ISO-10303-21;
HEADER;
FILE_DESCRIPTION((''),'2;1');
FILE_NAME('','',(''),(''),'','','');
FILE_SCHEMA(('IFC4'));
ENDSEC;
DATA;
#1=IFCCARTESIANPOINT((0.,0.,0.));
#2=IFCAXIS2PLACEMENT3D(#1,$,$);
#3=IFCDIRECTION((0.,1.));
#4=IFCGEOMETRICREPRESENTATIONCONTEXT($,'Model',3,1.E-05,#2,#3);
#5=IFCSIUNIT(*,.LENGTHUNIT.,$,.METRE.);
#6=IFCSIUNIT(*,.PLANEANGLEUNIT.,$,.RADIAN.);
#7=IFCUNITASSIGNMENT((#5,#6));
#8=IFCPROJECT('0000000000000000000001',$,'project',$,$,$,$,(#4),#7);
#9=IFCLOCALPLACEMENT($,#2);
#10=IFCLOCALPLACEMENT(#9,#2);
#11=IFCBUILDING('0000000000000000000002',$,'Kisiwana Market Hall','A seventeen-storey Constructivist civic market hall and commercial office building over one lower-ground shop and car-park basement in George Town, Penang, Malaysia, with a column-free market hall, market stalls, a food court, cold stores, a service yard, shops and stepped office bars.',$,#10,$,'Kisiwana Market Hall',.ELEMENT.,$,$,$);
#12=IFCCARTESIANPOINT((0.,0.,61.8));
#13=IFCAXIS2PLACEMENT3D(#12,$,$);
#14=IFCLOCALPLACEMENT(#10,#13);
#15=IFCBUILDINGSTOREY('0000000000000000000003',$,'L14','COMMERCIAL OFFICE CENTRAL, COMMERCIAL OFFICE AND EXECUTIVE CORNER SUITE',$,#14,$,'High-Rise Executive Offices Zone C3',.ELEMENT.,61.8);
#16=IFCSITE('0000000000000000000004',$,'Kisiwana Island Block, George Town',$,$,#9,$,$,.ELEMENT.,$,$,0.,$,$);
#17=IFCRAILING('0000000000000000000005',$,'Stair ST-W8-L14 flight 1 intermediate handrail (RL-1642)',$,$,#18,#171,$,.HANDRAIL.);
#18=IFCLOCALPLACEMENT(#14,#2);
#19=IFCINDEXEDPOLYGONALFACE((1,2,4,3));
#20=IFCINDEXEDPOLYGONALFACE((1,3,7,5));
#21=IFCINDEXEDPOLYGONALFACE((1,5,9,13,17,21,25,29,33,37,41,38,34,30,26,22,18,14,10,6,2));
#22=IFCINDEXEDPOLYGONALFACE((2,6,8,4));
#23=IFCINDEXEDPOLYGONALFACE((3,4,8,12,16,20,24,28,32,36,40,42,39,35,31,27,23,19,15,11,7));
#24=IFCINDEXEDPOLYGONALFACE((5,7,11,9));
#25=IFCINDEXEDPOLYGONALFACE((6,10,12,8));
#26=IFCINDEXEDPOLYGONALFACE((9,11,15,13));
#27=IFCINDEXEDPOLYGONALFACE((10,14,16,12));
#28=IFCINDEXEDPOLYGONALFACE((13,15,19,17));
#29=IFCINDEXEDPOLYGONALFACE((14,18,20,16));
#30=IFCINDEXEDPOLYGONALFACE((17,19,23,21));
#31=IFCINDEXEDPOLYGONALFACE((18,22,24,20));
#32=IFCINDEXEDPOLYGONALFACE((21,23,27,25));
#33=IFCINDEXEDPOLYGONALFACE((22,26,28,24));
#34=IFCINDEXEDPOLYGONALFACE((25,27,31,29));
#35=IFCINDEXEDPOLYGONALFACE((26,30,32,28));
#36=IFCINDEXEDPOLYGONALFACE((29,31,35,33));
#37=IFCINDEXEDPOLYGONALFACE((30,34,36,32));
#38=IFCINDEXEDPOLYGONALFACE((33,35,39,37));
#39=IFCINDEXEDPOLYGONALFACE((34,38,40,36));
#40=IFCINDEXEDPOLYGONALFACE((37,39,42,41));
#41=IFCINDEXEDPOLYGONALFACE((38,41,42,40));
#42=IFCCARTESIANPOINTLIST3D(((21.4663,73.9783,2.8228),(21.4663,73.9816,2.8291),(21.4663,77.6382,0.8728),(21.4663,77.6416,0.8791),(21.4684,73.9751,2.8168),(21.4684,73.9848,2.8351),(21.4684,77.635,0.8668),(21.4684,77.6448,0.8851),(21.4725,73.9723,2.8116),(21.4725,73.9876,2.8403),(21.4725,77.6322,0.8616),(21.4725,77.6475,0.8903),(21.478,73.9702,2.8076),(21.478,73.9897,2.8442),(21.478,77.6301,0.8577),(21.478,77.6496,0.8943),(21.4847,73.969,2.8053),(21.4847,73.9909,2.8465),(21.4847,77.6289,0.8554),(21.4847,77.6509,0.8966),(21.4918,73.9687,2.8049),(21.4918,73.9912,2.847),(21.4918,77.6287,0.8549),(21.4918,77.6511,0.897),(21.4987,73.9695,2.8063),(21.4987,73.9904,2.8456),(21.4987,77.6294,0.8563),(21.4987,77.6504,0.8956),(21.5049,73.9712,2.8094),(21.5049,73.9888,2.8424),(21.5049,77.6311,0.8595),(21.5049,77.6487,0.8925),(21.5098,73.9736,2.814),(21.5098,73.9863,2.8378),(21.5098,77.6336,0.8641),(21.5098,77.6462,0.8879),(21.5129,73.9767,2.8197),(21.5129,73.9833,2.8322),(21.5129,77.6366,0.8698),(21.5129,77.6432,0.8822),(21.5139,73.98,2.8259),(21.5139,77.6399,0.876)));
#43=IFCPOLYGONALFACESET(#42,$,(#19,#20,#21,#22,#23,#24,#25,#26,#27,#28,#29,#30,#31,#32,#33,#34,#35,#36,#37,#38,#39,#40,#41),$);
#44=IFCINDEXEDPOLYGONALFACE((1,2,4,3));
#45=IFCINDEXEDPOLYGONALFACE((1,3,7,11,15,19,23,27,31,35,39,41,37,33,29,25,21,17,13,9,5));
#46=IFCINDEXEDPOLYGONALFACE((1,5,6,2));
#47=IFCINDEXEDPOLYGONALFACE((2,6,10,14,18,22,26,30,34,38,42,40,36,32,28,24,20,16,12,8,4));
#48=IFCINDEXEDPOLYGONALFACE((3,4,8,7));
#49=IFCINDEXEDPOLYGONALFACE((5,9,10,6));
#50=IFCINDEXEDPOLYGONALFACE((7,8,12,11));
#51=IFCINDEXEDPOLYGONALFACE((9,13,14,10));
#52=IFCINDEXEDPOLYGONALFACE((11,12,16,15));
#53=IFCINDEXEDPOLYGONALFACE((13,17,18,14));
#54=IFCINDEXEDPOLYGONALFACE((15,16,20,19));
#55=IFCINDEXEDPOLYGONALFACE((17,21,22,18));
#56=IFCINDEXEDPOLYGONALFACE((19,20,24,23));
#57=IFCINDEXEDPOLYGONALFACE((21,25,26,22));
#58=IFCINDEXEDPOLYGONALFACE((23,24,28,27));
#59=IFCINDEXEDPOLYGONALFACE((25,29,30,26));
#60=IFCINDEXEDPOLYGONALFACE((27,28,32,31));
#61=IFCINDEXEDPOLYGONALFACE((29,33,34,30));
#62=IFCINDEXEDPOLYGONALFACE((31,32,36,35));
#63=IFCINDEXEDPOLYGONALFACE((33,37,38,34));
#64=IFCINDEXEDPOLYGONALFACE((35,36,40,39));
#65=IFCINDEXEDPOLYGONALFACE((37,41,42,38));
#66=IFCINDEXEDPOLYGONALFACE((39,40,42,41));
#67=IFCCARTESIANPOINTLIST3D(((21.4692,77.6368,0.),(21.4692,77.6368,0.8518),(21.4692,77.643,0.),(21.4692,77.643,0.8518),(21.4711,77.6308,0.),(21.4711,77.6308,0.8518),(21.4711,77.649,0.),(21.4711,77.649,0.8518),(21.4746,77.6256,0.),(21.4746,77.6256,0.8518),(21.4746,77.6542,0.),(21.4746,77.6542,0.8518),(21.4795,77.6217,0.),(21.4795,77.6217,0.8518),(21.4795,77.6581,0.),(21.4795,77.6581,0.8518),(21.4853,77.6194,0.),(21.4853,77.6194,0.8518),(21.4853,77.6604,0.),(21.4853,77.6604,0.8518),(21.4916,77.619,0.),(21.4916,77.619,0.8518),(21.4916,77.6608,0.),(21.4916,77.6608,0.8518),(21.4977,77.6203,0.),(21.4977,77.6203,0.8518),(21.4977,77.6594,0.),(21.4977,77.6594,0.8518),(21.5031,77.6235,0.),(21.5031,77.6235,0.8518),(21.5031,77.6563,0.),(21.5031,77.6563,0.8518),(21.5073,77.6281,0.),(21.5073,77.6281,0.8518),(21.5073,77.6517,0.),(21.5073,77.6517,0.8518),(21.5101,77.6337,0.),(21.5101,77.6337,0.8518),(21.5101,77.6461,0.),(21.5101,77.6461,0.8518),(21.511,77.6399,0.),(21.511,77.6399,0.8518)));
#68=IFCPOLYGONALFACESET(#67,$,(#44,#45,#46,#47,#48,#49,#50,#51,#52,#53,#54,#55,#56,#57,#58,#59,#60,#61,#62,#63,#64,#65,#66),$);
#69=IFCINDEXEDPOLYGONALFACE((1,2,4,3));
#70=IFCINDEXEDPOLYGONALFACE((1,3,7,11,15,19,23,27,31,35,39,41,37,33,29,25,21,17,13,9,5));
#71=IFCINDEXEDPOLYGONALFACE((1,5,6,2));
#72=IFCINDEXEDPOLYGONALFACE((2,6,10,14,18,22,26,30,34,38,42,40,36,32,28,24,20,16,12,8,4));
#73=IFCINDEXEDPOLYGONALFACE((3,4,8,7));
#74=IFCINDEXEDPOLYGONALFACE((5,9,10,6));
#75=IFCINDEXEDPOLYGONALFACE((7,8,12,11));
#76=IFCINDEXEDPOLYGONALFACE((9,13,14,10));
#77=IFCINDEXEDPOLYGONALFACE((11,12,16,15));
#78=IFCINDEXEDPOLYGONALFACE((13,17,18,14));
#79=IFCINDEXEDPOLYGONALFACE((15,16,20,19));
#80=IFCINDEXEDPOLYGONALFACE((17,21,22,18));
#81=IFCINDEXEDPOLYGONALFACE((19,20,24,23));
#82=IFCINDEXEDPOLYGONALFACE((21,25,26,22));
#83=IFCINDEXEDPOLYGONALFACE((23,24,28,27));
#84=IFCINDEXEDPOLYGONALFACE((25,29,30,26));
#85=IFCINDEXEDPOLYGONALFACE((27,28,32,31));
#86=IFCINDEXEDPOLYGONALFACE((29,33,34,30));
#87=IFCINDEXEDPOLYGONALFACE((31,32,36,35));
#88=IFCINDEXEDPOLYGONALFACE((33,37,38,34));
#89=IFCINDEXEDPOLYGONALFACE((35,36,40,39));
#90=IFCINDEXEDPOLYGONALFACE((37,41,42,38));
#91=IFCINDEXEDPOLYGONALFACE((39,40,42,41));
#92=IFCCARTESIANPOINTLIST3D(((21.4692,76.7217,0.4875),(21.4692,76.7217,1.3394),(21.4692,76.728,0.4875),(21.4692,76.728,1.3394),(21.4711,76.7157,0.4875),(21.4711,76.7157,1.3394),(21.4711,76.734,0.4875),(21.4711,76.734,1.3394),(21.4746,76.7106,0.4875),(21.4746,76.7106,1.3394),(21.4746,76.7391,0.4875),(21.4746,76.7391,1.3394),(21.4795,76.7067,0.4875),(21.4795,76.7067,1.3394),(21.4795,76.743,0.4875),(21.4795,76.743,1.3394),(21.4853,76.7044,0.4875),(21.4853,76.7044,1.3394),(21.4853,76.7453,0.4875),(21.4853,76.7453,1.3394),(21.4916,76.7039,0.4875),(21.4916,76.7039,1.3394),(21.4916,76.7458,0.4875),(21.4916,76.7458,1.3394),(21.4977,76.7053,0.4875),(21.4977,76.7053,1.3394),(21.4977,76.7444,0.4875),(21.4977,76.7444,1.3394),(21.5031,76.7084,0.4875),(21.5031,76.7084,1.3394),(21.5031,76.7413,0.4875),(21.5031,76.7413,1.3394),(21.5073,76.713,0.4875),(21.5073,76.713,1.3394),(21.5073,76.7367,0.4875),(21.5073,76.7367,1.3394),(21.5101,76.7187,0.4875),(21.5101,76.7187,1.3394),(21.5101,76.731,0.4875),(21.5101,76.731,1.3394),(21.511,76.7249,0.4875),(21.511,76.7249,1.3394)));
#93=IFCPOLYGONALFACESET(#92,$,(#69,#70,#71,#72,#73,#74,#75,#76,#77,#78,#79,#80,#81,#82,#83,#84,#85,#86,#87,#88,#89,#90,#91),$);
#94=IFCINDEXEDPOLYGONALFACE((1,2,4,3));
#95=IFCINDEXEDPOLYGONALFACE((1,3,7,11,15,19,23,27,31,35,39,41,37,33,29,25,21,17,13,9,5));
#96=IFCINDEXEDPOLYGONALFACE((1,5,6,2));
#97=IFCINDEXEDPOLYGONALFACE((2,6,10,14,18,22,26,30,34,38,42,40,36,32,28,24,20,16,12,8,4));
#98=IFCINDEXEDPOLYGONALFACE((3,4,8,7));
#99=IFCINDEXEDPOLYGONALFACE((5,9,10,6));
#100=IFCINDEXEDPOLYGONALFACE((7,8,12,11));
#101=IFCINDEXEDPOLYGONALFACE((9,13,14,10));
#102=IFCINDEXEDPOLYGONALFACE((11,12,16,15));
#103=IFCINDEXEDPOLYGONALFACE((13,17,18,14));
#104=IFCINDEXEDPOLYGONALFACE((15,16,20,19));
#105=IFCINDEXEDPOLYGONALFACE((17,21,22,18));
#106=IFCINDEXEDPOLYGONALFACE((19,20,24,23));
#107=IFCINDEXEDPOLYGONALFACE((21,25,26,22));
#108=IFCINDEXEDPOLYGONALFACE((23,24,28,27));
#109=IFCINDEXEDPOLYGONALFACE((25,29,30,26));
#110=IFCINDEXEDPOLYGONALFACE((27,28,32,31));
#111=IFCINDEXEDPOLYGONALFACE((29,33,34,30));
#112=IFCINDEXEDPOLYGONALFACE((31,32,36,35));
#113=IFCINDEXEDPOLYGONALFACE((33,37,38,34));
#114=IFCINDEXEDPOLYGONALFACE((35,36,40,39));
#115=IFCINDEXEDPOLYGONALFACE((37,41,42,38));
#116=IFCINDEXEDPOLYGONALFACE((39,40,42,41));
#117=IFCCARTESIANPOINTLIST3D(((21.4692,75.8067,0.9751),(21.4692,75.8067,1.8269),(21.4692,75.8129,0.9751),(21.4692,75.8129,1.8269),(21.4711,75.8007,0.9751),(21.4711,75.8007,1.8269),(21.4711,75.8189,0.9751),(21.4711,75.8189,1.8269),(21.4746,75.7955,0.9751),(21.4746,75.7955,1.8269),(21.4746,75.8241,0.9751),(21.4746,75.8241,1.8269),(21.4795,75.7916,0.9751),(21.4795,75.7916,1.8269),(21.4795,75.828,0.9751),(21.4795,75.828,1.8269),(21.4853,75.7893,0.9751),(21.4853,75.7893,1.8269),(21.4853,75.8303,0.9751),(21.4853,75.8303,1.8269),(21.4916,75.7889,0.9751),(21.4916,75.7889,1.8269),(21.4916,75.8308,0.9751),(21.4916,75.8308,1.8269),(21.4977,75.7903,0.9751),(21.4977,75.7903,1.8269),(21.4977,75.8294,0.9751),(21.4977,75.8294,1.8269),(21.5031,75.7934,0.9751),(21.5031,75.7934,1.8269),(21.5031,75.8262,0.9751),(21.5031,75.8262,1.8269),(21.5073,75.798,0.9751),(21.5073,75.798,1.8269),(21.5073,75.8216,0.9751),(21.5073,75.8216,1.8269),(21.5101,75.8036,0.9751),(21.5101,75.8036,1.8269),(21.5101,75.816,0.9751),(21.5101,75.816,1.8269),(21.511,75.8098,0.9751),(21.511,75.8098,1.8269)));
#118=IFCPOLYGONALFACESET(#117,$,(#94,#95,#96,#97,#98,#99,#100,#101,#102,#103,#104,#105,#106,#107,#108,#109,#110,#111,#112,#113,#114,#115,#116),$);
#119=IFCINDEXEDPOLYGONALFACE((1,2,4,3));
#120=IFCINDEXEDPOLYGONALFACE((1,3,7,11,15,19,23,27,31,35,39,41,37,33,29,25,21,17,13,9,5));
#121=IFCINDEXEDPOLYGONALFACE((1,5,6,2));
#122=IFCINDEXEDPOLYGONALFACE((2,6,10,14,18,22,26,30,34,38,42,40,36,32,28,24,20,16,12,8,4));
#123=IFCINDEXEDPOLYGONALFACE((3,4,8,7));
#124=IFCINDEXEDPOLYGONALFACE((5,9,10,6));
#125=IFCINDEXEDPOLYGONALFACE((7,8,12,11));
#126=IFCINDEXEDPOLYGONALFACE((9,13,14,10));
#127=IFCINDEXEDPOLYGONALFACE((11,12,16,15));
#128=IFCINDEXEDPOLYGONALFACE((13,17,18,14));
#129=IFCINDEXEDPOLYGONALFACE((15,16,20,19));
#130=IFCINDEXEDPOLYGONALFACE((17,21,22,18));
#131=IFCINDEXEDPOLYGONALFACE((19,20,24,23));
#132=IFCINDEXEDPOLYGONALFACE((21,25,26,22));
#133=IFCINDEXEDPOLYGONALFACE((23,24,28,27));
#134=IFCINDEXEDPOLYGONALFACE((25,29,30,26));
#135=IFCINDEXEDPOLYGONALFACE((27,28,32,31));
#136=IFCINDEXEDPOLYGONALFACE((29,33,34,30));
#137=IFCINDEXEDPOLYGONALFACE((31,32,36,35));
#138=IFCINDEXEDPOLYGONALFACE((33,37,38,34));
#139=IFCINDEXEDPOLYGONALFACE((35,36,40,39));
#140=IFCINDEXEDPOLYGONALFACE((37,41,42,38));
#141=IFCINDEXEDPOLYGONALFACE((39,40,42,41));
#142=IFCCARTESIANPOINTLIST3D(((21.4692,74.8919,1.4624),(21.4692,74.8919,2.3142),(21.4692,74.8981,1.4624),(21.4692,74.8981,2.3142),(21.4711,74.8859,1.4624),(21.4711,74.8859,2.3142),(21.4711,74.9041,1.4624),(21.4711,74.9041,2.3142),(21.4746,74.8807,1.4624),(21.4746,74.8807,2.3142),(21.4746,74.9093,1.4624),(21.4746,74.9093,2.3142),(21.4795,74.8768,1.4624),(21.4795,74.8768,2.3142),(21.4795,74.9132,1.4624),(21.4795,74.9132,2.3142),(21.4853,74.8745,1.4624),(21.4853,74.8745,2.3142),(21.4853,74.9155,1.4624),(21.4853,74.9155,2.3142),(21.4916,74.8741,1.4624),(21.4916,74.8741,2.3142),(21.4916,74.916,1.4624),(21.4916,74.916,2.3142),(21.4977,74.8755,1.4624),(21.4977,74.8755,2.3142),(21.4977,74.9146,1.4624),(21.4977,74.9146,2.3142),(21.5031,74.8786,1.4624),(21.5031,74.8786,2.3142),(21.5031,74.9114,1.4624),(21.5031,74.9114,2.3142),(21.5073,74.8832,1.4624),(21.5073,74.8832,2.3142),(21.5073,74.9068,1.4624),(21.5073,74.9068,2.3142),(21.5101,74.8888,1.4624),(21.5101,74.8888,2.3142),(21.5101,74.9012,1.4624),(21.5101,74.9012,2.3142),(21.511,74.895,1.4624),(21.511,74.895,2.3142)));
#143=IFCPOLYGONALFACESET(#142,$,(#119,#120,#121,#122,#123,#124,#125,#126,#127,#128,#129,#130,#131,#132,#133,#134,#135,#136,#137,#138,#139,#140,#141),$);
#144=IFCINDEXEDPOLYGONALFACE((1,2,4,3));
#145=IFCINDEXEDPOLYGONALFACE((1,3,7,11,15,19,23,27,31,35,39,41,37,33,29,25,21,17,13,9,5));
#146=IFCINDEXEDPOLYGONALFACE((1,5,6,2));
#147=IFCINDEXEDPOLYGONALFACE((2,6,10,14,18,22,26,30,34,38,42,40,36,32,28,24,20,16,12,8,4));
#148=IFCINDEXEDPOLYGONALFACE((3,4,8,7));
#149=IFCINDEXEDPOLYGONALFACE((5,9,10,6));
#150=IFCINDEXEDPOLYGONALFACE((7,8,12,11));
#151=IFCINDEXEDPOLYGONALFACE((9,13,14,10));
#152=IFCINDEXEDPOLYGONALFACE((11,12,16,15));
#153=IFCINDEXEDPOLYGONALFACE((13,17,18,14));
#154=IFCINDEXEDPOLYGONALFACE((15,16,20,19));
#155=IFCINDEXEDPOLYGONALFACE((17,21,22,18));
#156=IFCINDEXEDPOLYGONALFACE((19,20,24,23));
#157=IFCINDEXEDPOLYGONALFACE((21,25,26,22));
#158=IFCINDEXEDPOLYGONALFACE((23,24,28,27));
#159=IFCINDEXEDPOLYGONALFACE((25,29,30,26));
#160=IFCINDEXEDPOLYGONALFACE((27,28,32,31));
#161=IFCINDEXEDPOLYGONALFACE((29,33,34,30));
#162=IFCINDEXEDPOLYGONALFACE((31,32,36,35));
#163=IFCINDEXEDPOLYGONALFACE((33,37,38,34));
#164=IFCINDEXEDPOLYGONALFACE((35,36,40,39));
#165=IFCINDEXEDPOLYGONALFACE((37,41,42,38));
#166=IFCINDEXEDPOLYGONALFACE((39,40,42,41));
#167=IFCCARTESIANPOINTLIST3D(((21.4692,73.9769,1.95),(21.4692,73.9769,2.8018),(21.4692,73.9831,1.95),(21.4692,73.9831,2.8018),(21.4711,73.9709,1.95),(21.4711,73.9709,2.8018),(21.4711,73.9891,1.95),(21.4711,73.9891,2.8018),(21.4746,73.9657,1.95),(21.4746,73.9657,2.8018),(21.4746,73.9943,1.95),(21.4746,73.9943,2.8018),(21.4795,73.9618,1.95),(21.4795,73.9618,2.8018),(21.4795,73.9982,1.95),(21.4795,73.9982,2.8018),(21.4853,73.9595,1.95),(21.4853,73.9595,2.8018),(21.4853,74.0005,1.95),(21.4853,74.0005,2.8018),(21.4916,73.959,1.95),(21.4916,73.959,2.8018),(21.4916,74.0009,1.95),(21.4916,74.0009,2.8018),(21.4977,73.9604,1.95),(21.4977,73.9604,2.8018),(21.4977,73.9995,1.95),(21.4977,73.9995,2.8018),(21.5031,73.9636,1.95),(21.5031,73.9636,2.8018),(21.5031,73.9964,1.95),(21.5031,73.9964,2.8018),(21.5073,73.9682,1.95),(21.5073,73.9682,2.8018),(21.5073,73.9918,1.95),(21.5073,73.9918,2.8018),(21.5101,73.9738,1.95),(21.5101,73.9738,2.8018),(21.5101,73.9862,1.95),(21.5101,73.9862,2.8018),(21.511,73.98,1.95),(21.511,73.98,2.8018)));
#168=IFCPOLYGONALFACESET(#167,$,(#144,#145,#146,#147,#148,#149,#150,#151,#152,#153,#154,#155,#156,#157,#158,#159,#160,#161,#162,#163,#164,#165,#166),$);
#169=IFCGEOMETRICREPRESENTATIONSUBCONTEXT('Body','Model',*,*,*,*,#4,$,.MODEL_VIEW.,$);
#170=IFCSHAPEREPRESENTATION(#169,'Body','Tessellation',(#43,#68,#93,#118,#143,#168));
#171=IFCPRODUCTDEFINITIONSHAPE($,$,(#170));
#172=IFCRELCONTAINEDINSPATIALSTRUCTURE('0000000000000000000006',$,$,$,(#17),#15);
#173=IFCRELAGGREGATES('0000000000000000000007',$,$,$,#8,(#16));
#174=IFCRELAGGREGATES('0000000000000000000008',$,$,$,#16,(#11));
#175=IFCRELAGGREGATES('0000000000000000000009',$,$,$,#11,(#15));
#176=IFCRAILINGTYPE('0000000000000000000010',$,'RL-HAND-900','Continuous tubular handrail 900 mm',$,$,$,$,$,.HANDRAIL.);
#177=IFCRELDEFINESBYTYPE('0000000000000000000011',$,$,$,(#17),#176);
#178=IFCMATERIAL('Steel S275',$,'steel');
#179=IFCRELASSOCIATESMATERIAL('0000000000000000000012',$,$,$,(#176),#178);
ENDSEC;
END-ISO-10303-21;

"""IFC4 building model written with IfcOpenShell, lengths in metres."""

from ifc_helpers import new_model, si_unit, direction, frame, origin, origin_2d, place, context, subcontext, project, spatial, circle, extrude, material, type_object, element, save


model = new_model("IFC4")

# Units and contexts
model_context = context("Model", 3, precision=1e-05, world=origin(), true_north=direction((0.0, 1.0)))
body_context = subcontext(model_context, "Body", "Model", "MODEL_VIEW")
ifc_project = project(units=[si_unit("LENGTHUNIT", "METRE"), si_unit("PLANEANGLEUNIT", "RADIAN")], contexts=[model_context])

# Site, building, storey
site_placement = place(None, origin())
site = spatial("IfcSite", under=ifc_project, at=site_placement, Name="Kisiwana Island Block, George Town", CompositionType="ELEMENT", RefElevation=0.0)
building_placement = place(site_placement, origin())
building = spatial("IfcBuilding", under=site, at=building_placement, Name="Kisiwana Market Hall", Description="A seventeen-storey Constructivist civic market hall and commercial office building over one lower-ground shop and car-park basement in George Town, Penang, Malaysia, with a column-free market hall, market stalls, a food court, cold stores, a service yard, shops and stepped office bars.", LongName="Kisiwana Market Hall", CompositionType="ELEMENT")
storey_placement = place(building_placement, frame((0.0, 0.0, 61.8)))
storey = spatial("IfcBuildingStorey", under=building, at=storey_placement, Name="L14", Description="COMMERCIAL OFFICE CENTRAL, COMMERCIAL OFFICE AND EXECUTIVE CORNER SUITE", LongName="High-Rise Executive Offices Zone C3", CompositionType="ELEMENT", Elevation=61.8)

# Railing
ifc_material_1 = material(Name="Steel S275", Category="steel")
railing_type_1 = type_object("IfcRailingType", Name="RL-HAND-900", Description="Continuous tubular handrail 900 mm", PredefinedType="HANDRAIL", material=ifc_material_1)
railing_1_placement = place(storey_placement, frame((21.49, 77.6399, 0.0)))
element("IfcRailing", 1, at=railing_1_placement, inside=storey, type_object=railing_type_1, Name="Stair ST-W8-L14 flight 1 intermediate handrail (RL-1642)", PredefinedType="HANDRAIL", context=body_context, shape_type="SweptSolid", body=[
    extrude(circle(Radius=0.0239, at=origin_2d()), frame((0.0, 0.0, 0.876), z_axis=(0.0, -0.882553, 0.470212), x_axis=(1.0, 0.0, 0.0)), (0.0, 0.0, 1.0), 4.147),
    extrude(circle(Radius=0.021, at=origin_2d()), origin(), (0.0, 0.0, 1.0), 0.8518),
    extrude(circle(Radius=0.021, at=origin_2d()), frame((0.0, -0.915, 0.4875)), (0.0, 0.0, 1.0), 0.8518),
    extrude(circle(Radius=0.021, at=origin_2d()), frame((0.0, -1.8301, 0.9751)), (0.0, 0.0, 1.0), 0.8518),
    extrude(circle(Radius=0.021, at=origin_2d()), frame((0.0, -2.7449, 1.4624)), (0.0, 0.0, 1.0), 0.8518),
    extrude(circle(Radius=0.021, at=origin_2d()), frame((0.0, -3.6599, 1.95)), (0.0, 0.0, 1.0), 0.8518),
])

save(model, "model.ifc")
